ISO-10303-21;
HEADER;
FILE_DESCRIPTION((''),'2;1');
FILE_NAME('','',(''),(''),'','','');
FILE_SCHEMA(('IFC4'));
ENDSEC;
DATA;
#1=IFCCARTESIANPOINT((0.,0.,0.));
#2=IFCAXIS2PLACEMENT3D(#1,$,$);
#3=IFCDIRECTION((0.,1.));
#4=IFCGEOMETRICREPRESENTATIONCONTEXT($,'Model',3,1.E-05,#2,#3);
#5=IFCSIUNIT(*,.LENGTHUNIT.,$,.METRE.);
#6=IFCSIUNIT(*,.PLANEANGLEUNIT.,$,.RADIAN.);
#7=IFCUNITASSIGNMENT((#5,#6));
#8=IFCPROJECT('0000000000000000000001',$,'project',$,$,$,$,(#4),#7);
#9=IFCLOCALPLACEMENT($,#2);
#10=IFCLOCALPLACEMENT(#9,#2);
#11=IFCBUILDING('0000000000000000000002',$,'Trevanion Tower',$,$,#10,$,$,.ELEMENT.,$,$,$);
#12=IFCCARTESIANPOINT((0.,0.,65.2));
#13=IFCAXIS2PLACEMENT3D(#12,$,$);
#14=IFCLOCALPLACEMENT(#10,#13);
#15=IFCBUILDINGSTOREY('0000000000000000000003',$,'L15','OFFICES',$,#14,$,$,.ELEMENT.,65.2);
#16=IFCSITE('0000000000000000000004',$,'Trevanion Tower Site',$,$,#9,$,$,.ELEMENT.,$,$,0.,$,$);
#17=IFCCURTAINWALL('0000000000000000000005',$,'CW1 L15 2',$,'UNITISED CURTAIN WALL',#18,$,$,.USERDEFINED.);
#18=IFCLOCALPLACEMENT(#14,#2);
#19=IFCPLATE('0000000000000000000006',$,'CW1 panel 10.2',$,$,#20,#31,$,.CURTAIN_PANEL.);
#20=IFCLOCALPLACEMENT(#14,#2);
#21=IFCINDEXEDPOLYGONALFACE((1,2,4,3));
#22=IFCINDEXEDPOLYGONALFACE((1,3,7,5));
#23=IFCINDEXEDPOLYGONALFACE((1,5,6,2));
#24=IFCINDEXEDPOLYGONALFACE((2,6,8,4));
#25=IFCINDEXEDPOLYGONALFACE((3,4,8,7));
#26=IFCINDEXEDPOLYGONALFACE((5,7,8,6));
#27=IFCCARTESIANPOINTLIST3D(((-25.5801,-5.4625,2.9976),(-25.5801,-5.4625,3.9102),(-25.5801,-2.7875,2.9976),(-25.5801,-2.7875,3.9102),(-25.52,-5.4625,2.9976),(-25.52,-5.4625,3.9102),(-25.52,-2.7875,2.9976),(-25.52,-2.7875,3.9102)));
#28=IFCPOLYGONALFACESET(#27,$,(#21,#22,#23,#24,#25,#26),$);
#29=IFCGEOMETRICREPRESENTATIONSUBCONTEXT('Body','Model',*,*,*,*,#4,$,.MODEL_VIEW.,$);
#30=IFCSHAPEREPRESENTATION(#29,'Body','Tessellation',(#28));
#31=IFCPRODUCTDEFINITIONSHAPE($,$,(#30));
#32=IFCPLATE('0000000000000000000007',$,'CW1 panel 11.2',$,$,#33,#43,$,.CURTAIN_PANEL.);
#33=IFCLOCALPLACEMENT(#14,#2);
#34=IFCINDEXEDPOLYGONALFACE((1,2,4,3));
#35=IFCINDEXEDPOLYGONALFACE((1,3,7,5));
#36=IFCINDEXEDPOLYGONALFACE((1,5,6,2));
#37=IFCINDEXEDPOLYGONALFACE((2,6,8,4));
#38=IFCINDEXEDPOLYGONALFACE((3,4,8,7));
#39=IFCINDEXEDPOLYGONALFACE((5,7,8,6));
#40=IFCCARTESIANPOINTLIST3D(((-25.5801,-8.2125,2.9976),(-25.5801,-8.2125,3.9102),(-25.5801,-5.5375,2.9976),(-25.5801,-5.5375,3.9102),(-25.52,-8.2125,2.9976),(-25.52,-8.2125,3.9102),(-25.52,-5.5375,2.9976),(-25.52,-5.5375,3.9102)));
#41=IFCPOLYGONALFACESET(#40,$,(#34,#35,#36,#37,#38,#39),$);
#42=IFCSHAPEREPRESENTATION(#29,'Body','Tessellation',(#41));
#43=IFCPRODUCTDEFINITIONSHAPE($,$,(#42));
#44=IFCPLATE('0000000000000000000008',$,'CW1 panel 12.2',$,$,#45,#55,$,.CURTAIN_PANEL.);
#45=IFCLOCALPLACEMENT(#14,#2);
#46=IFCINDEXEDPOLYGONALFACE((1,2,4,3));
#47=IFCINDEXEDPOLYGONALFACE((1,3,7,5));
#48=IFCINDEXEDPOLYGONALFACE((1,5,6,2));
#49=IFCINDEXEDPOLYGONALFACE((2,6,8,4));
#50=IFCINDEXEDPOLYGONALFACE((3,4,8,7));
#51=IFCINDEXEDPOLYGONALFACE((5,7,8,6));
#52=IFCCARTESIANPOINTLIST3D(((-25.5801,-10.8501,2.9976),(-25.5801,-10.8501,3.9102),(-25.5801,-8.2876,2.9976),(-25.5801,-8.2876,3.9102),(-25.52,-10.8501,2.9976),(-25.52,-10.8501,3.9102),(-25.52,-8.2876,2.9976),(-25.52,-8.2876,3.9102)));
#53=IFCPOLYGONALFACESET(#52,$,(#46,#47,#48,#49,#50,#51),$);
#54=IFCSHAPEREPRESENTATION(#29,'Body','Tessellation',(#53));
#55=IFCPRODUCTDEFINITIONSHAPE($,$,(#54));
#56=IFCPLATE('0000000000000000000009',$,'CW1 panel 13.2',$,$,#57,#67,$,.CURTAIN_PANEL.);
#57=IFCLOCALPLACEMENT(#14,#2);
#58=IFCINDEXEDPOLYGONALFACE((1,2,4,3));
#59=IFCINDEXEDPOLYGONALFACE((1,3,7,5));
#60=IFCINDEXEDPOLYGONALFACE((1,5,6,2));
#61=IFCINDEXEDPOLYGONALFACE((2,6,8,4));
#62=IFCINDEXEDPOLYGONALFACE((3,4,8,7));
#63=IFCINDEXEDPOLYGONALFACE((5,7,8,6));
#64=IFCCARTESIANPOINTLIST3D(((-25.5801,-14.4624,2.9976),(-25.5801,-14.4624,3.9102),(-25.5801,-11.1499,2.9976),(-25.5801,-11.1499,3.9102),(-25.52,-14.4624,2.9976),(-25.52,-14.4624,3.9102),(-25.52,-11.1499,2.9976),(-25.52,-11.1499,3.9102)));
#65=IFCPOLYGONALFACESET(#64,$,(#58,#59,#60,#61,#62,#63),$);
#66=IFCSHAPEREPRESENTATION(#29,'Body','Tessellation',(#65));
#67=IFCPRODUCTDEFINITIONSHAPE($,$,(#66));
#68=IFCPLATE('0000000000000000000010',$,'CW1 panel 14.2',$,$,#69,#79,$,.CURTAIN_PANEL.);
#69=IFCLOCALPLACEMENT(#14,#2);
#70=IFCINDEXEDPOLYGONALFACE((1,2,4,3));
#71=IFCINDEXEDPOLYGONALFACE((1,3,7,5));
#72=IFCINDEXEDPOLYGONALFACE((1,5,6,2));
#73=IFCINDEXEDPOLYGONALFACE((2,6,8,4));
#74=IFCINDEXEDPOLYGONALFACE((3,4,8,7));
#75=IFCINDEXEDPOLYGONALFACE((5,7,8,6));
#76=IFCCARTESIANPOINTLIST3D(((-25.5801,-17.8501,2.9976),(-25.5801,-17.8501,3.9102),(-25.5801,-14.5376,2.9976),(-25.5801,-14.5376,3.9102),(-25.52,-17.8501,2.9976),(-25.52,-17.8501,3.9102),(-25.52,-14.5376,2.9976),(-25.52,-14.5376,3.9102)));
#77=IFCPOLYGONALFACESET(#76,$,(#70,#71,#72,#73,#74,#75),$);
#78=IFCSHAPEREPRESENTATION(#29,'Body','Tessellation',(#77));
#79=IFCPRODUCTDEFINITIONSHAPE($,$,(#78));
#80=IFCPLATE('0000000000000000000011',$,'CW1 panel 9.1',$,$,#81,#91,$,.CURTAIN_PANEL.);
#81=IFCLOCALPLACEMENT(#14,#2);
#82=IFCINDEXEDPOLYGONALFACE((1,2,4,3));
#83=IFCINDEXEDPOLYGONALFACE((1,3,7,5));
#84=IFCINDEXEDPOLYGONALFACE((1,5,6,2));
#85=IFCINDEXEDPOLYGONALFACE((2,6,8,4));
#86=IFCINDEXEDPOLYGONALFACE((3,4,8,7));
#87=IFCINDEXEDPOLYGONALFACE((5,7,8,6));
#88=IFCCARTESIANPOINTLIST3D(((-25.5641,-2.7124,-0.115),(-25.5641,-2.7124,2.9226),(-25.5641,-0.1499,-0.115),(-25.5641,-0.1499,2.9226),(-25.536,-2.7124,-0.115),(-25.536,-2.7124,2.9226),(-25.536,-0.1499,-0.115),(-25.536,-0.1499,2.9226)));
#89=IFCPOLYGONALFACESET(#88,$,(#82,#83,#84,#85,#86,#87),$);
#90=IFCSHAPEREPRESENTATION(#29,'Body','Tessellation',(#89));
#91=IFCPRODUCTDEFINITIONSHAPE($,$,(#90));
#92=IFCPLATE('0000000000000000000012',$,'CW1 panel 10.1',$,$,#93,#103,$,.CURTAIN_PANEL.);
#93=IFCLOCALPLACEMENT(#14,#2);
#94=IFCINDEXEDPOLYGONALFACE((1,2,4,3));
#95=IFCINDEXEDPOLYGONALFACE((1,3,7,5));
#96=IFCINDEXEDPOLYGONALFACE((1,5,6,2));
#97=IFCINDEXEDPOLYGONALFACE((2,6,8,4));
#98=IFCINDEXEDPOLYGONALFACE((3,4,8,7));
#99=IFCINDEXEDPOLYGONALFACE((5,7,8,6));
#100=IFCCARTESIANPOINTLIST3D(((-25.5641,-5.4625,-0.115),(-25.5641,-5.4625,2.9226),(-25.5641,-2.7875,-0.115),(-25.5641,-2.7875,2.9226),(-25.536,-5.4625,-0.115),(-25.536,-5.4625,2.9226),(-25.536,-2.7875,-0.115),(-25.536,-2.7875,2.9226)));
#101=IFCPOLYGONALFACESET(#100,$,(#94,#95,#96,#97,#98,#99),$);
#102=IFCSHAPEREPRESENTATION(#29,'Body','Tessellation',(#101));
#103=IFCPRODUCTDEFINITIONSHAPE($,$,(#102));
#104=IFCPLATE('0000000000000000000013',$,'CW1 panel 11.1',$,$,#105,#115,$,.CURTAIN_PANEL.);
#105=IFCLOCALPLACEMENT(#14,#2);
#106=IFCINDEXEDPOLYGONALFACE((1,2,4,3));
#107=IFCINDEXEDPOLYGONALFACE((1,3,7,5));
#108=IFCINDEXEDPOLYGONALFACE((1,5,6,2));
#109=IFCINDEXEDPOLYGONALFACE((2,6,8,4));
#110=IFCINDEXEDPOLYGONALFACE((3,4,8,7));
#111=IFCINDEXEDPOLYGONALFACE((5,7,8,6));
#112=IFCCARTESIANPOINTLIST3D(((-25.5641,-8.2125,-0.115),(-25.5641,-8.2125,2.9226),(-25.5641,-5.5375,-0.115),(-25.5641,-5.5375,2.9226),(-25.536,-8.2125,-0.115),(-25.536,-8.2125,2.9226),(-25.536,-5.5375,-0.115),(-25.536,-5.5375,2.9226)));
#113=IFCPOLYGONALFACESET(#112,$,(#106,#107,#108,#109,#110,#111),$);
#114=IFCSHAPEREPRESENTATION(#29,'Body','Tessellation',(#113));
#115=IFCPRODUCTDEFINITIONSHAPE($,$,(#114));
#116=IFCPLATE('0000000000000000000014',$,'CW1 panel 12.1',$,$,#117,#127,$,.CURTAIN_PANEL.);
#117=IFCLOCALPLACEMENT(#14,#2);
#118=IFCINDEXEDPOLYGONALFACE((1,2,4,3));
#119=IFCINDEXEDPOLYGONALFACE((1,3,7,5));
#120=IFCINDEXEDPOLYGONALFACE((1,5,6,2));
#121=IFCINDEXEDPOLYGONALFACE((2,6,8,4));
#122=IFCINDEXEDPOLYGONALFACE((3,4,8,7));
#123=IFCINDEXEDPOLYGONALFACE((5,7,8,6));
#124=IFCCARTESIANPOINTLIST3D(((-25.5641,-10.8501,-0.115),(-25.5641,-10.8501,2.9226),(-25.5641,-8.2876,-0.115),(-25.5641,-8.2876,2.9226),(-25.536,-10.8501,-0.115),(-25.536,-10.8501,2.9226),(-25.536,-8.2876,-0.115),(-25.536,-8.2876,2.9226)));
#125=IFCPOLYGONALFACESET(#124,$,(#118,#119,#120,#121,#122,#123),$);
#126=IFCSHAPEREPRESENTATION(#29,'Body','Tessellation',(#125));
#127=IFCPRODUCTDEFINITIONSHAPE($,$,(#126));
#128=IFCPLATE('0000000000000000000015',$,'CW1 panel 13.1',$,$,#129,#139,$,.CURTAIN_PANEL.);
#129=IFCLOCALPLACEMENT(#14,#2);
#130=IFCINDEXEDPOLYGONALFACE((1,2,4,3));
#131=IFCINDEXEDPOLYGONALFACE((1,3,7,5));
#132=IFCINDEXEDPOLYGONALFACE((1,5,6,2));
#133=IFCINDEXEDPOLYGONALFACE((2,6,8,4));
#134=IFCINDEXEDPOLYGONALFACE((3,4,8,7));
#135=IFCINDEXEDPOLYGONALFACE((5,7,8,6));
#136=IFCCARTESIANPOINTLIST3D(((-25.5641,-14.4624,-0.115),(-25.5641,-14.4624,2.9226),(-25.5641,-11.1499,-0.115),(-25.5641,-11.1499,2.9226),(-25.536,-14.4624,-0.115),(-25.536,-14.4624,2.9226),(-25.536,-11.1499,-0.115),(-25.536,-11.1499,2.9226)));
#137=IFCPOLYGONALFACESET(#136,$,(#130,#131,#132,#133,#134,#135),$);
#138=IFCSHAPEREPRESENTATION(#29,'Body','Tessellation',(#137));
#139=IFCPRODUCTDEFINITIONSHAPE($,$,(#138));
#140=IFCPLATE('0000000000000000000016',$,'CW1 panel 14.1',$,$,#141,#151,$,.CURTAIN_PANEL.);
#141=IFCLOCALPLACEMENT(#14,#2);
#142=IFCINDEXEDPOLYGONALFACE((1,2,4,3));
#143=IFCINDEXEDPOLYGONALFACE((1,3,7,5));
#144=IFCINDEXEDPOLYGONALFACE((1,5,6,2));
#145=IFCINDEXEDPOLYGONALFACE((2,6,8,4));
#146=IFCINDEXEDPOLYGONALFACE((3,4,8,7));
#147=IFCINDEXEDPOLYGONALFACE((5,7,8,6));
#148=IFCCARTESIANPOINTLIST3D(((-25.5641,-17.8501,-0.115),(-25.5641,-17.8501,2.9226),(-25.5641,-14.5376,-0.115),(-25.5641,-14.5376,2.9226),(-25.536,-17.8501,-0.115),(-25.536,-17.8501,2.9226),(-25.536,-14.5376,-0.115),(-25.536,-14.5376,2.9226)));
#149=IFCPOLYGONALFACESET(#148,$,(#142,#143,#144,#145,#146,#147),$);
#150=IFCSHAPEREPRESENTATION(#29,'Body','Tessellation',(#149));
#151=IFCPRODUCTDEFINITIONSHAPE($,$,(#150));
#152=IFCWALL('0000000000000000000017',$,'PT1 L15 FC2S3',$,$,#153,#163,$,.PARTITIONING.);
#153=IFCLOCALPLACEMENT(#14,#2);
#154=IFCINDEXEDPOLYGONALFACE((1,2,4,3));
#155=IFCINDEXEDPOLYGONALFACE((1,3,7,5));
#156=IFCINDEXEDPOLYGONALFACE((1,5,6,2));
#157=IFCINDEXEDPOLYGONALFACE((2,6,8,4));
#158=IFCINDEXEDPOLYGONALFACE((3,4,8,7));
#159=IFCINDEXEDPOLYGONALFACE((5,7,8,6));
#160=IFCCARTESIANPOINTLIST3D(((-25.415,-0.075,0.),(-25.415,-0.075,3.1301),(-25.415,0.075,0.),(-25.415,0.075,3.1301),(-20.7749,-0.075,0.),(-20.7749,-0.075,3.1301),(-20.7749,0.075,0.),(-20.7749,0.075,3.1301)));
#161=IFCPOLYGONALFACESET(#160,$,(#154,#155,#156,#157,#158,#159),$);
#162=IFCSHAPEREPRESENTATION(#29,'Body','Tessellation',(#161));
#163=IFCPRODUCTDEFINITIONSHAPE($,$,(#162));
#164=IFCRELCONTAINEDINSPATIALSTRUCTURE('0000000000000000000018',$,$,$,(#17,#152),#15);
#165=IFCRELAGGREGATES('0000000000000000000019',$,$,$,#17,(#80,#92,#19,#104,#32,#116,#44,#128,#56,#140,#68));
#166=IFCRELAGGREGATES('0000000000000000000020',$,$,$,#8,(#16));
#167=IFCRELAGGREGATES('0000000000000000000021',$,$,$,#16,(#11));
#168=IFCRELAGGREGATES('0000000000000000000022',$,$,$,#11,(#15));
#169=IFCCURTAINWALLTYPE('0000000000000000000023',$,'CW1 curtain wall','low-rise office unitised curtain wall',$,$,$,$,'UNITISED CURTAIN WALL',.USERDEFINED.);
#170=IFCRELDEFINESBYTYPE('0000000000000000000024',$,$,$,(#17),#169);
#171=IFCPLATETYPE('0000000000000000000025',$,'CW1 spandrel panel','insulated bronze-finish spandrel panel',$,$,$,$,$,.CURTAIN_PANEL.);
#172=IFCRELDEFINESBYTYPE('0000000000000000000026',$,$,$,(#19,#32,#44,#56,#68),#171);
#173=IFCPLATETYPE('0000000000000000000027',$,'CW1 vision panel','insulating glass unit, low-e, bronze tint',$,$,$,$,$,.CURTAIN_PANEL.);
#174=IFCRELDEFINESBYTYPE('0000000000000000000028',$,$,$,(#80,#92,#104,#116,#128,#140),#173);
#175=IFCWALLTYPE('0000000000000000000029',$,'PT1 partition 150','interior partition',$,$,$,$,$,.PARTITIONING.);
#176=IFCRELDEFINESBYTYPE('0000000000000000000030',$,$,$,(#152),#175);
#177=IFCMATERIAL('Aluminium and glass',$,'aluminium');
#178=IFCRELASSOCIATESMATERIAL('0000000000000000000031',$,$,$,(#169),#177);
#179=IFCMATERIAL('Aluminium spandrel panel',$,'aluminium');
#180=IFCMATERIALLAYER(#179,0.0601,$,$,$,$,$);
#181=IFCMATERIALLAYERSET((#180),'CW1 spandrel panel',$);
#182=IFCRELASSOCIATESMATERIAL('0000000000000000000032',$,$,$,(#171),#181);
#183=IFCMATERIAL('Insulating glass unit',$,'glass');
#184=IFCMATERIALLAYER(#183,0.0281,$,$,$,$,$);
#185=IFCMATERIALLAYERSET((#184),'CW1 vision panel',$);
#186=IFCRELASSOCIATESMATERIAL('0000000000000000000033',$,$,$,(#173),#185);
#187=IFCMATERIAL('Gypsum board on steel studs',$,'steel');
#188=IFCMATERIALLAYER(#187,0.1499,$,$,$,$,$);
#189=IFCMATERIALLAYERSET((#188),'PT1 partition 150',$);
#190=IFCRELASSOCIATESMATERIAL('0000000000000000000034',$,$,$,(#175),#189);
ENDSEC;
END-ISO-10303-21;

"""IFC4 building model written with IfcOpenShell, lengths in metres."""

from ifc_helpers import new_model, si_unit, direction, frame, frame_2d, origin, origin_2d, place, context, subcontext, project, spatial, rectangle, extrude, material, layer, layer_set, type_object, element, aggregate, save


model = new_model("IFC4")

# Units and contexts
model_context = context("Model", 3, precision=1e-05, world=origin(), true_north=direction((0.0, 1.0)))
body_context = subcontext(model_context, "Body", "Model", "MODEL_VIEW")
ifc_project = project(units=[si_unit("LENGTHUNIT", "METRE"), si_unit("PLANEANGLEUNIT", "RADIAN")], contexts=[model_context])

# Site, building, storey
site_placement = place(None, origin())
site = spatial("IfcSite", under=ifc_project, at=site_placement, Name="Trevanion Tower Site", CompositionType="ELEMENT", RefElevation=0.0)
building_placement = place(site_placement, origin())
building = spatial("IfcBuilding", under=site, at=building_placement, Name="Trevanion Tower", CompositionType="ELEMENT")
storey_placement = place(building_placement, frame((0.0, 0.0, 65.2)))
storey = spatial("IfcBuildingStorey", under=building, at=storey_placement, Name="L15", Description="OFFICES", CompositionType="ELEMENT", Elevation=65.2)

# Curtain wall
ifc_material_1 = material(Name="Aluminium and glass", Category="aluminium")
curtain_wall_type = type_object("IfcCurtainWallType", Name="CW1 curtain wall", Description="low-rise office unitised curtain wall", ElementType="UNITISED CURTAIN WALL", PredefinedType="USERDEFINED", material=ifc_material_1)
curtain_wall_placement = place(storey_placement, origin())
curtain_wall = element("IfcCurtainWall", 1, at=curtain_wall_placement, inside=storey, type_object=curtain_wall_type, Name="CW1 L15 2", ObjectType="UNITISED CURTAIN WALL", PredefinedType="USERDEFINED")

# Plates
ifc_material_2 = material(Name="Aluminium spandrel panel", Category="aluminium")
ifc_layer_1 = layer(ifc_material_2, 0.0601)
ifc_layer_set_1 = layer_set([ifc_layer_1], Name="CW1 spandrel panel")
plate_type_1 = type_object("IfcPlateType", Name="CW1 spandrel panel", Description="insulated bronze-finish spandrel panel", PredefinedType="CURTAIN_PANEL", material=ifc_layer_set_1)
plate_1_placement = place(storey_placement, frame((-25.55, -4.125, 2.9976), z_axis=(0.0, 0.0, 1.0), x_axis=(0.0, -1.0, 0.0)))
plate_1 = element("IfcPlate", 2, at=plate_1_placement, type_object=plate_type_1, Name="CW1 panel 10.2", PredefinedType="CURTAIN_PANEL", context=body_context, shape_type="SweptSolid", body=[
    extrude(rectangle(XDim=2.675, YDim=0.0601, at=origin_2d()), origin(), (0.0, 0.0, 1.0), 0.9126),
])
plate_2_placement = place(storey_placement, frame((-25.55, -6.875, 2.9976), z_axis=(0.0, 0.0, 1.0), x_axis=(0.0, -1.0, 0.0)))
plate_2 = element("IfcPlate", 3, at=plate_2_placement, type_object=plate_type_1, Name="CW1 panel 11.2", PredefinedType="CURTAIN_PANEL", context=body_context, shape_type="SweptSolid", body=[
    extrude(rectangle(XDim=2.675, YDim=0.0601, at=origin_2d()), origin(), (0.0, 0.0, 1.0), 0.9126),
])
plate_3_placement = place(storey_placement, frame((-25.55, -9.5688, 2.9976), z_axis=(0.0, 0.0, 1.0), x_axis=(0.0, -1.0, 0.0)))
plate_3 = element("IfcPlate", 4, at=plate_3_placement, type_object=plate_type_1, Name="CW1 panel 12.2", PredefinedType="CURTAIN_PANEL", context=body_context, shape_type="SweptSolid", body=[
    extrude(rectangle(XDim=2.5625, YDim=0.0601, at=origin_2d()), origin(), (0.0, 0.0, 1.0), 0.9126),
])
plate_4_placement = place(storey_placement, frame((-25.55, -12.8062, 2.9976), z_axis=(0.0, 0.0, 1.0), x_axis=(0.0, -1.0, 0.0)))
plate_4 = element("IfcPlate", 5, at=plate_4_placement, type_object=plate_type_1, Name="CW1 panel 13.2", PredefinedType="CURTAIN_PANEL", context=body_context, shape_type="SweptSolid", body=[
    extrude(rectangle(XDim=3.3125, YDim=0.0601, at=origin_2d()), origin(), (0.0, 0.0, 1.0), 0.9126),
])
plate_5_placement = place(storey_placement, frame((-25.55, -16.1938, 2.9976), z_axis=(0.0, 0.0, 1.0), x_axis=(0.0, -1.0, 0.0)))
plate_5 = element("IfcPlate", 6, at=plate_5_placement, type_object=plate_type_1, Name="CW1 panel 14.2", PredefinedType="CURTAIN_PANEL", context=body_context, shape_type="SweptSolid", body=[
    extrude(rectangle(XDim=3.3125, YDim=0.0601, at=origin_2d()), origin(), (0.0, 0.0, 1.0), 0.9126),
])
ifc_material_3 = material(Name="Insulating glass unit", Category="glass")
ifc_layer_2 = layer(ifc_material_3, 0.0281)
ifc_layer_set_2 = layer_set([ifc_layer_2], Name="CW1 vision panel")
plate_type_2 = type_object("IfcPlateType", Name="CW1 vision panel", Description="insulating glass unit, low-e, bronze tint", PredefinedType="CURTAIN_PANEL", material=ifc_layer_set_2)
plate_6_placement = place(storey_placement, frame((-25.55, -1.4312, -0.115), z_axis=(0.0, 0.0, 1.0), x_axis=(0.0, -1.0, 0.0)))
plate_6 = element("IfcPlate", 7, at=plate_6_placement, type_object=plate_type_2, Name="CW1 panel 9.1", PredefinedType="CURTAIN_PANEL", context=body_context, shape_type="SweptSolid", body=[
    extrude(rectangle(XDim=2.5625, YDim=0.0281, at=origin_2d()), origin(), (0.0, 0.0, 1.0), 3.0376),
])
plate_7_placement = place(storey_placement, frame((-25.55, -4.125, -0.115), z_axis=(0.0, 0.0, 1.0), x_axis=(0.0, -1.0, 0.0)))
plate_7 = element("IfcPlate", 8, at=plate_7_placement, type_object=plate_type_2, Name="CW1 panel 10.1", PredefinedType="CURTAIN_PANEL", context=body_context, shape_type="SweptSolid", body=[
    extrude(rectangle(XDim=2.675, YDim=0.0281, at=origin_2d()), origin(), (0.0, 0.0, 1.0), 3.0376),
])
plate_8_placement = place(storey_placement, frame((-25.55, -6.875, -0.115), z_axis=(0.0, 0.0, 1.0), x_axis=(0.0, -1.0, 0.0)))
plate_8 = element("IfcPlate", 9, at=plate_8_placement, type_object=plate_type_2, Name="CW1 panel 11.1", PredefinedType="CURTAIN_PANEL", context=body_context, shape_type="SweptSolid", body=[
    extrude(rectangle(XDim=2.675, YDim=0.0281, at=origin_2d()), origin(), (0.0, 0.0, 1.0), 3.0376),
])
plate_9_placement = place(storey_placement, frame((-25.55, -9.5688, -0.115), z_axis=(0.0, 0.0, 1.0), x_axis=(0.0, -1.0, 0.0)))
plate_9 = element("IfcPlate", 10, at=plate_9_placement, type_object=plate_type_2, Name="CW1 panel 12.1", PredefinedType="CURTAIN_PANEL", context=body_context, shape_type="SweptSolid", body=[
    extrude(rectangle(XDim=2.5625, YDim=0.0281, at=origin_2d()), origin(), (0.0, 0.0, 1.0), 3.0376),
])
plate_10_placement = place(storey_placement, frame((-25.55, -12.8062, -0.115), z_axis=(0.0, 0.0, 1.0), x_axis=(0.0, -1.0, 0.0)))
plate_10 = element("IfcPlate", 11, at=plate_10_placement, type_object=plate_type_2, Name="CW1 panel 13.1", PredefinedType="CURTAIN_PANEL", context=body_context, shape_type="SweptSolid", body=[
    extrude(rectangle(XDim=3.3125, YDim=0.0281, at=origin_2d()), origin(), (0.0, 0.0, 1.0), 3.0376),
])
plate_11_placement = place(storey_placement, frame((-25.55, -16.1938, -0.115), z_axis=(0.0, 0.0, 1.0), x_axis=(0.0, -1.0, 0.0)))
plate_11 = element("IfcPlate", 12, at=plate_11_placement, type_object=plate_type_2, Name="CW1 panel 14.1", PredefinedType="CURTAIN_PANEL", context=body_context, shape_type="SweptSolid", body=[
    extrude(rectangle(XDim=3.3125, YDim=0.0281, at=origin_2d()), origin(), (0.0, 0.0, 1.0), 3.0376),
])
aggregate(curtain_wall, [plate_6, plate_7, plate_1, plate_8, plate_2, plate_9, plate_3, plate_10, plate_4, plate_11, plate_5])

# Wall
ifc_material_4 = material(Name="Gypsum board on steel studs", Category="steel")
ifc_layer_3 = layer(ifc_material_4, 0.1499)
ifc_layer_set_3 = layer_set([ifc_layer_3], Name="PT1 partition 150")
wall_type = type_object("IfcWallType", Name="PT1 partition 150", Description="interior partition", PredefinedType="PARTITIONING", material=ifc_layer_set_3)
wall_placement = place(storey_placement, frame((-20.7749, 0.0, 0.0), z_axis=(0.0, 0.0, 1.0), x_axis=(-1.0, 0.0, 0.0)))
element("IfcWall", 13, at=wall_placement, inside=storey, type_object=wall_type, Name="PT1 L15 FC2S3", PredefinedType="PARTITIONING", context=body_context, shape_type="SweptSolid", body=[
    extrude(rectangle(XDim=4.6401, YDim=0.1499, at=frame_2d((2.3201, 0.0))), origin(), (0.0, 0.0, 1.0), 3.1301),
])

save(model, "model.ifc")
